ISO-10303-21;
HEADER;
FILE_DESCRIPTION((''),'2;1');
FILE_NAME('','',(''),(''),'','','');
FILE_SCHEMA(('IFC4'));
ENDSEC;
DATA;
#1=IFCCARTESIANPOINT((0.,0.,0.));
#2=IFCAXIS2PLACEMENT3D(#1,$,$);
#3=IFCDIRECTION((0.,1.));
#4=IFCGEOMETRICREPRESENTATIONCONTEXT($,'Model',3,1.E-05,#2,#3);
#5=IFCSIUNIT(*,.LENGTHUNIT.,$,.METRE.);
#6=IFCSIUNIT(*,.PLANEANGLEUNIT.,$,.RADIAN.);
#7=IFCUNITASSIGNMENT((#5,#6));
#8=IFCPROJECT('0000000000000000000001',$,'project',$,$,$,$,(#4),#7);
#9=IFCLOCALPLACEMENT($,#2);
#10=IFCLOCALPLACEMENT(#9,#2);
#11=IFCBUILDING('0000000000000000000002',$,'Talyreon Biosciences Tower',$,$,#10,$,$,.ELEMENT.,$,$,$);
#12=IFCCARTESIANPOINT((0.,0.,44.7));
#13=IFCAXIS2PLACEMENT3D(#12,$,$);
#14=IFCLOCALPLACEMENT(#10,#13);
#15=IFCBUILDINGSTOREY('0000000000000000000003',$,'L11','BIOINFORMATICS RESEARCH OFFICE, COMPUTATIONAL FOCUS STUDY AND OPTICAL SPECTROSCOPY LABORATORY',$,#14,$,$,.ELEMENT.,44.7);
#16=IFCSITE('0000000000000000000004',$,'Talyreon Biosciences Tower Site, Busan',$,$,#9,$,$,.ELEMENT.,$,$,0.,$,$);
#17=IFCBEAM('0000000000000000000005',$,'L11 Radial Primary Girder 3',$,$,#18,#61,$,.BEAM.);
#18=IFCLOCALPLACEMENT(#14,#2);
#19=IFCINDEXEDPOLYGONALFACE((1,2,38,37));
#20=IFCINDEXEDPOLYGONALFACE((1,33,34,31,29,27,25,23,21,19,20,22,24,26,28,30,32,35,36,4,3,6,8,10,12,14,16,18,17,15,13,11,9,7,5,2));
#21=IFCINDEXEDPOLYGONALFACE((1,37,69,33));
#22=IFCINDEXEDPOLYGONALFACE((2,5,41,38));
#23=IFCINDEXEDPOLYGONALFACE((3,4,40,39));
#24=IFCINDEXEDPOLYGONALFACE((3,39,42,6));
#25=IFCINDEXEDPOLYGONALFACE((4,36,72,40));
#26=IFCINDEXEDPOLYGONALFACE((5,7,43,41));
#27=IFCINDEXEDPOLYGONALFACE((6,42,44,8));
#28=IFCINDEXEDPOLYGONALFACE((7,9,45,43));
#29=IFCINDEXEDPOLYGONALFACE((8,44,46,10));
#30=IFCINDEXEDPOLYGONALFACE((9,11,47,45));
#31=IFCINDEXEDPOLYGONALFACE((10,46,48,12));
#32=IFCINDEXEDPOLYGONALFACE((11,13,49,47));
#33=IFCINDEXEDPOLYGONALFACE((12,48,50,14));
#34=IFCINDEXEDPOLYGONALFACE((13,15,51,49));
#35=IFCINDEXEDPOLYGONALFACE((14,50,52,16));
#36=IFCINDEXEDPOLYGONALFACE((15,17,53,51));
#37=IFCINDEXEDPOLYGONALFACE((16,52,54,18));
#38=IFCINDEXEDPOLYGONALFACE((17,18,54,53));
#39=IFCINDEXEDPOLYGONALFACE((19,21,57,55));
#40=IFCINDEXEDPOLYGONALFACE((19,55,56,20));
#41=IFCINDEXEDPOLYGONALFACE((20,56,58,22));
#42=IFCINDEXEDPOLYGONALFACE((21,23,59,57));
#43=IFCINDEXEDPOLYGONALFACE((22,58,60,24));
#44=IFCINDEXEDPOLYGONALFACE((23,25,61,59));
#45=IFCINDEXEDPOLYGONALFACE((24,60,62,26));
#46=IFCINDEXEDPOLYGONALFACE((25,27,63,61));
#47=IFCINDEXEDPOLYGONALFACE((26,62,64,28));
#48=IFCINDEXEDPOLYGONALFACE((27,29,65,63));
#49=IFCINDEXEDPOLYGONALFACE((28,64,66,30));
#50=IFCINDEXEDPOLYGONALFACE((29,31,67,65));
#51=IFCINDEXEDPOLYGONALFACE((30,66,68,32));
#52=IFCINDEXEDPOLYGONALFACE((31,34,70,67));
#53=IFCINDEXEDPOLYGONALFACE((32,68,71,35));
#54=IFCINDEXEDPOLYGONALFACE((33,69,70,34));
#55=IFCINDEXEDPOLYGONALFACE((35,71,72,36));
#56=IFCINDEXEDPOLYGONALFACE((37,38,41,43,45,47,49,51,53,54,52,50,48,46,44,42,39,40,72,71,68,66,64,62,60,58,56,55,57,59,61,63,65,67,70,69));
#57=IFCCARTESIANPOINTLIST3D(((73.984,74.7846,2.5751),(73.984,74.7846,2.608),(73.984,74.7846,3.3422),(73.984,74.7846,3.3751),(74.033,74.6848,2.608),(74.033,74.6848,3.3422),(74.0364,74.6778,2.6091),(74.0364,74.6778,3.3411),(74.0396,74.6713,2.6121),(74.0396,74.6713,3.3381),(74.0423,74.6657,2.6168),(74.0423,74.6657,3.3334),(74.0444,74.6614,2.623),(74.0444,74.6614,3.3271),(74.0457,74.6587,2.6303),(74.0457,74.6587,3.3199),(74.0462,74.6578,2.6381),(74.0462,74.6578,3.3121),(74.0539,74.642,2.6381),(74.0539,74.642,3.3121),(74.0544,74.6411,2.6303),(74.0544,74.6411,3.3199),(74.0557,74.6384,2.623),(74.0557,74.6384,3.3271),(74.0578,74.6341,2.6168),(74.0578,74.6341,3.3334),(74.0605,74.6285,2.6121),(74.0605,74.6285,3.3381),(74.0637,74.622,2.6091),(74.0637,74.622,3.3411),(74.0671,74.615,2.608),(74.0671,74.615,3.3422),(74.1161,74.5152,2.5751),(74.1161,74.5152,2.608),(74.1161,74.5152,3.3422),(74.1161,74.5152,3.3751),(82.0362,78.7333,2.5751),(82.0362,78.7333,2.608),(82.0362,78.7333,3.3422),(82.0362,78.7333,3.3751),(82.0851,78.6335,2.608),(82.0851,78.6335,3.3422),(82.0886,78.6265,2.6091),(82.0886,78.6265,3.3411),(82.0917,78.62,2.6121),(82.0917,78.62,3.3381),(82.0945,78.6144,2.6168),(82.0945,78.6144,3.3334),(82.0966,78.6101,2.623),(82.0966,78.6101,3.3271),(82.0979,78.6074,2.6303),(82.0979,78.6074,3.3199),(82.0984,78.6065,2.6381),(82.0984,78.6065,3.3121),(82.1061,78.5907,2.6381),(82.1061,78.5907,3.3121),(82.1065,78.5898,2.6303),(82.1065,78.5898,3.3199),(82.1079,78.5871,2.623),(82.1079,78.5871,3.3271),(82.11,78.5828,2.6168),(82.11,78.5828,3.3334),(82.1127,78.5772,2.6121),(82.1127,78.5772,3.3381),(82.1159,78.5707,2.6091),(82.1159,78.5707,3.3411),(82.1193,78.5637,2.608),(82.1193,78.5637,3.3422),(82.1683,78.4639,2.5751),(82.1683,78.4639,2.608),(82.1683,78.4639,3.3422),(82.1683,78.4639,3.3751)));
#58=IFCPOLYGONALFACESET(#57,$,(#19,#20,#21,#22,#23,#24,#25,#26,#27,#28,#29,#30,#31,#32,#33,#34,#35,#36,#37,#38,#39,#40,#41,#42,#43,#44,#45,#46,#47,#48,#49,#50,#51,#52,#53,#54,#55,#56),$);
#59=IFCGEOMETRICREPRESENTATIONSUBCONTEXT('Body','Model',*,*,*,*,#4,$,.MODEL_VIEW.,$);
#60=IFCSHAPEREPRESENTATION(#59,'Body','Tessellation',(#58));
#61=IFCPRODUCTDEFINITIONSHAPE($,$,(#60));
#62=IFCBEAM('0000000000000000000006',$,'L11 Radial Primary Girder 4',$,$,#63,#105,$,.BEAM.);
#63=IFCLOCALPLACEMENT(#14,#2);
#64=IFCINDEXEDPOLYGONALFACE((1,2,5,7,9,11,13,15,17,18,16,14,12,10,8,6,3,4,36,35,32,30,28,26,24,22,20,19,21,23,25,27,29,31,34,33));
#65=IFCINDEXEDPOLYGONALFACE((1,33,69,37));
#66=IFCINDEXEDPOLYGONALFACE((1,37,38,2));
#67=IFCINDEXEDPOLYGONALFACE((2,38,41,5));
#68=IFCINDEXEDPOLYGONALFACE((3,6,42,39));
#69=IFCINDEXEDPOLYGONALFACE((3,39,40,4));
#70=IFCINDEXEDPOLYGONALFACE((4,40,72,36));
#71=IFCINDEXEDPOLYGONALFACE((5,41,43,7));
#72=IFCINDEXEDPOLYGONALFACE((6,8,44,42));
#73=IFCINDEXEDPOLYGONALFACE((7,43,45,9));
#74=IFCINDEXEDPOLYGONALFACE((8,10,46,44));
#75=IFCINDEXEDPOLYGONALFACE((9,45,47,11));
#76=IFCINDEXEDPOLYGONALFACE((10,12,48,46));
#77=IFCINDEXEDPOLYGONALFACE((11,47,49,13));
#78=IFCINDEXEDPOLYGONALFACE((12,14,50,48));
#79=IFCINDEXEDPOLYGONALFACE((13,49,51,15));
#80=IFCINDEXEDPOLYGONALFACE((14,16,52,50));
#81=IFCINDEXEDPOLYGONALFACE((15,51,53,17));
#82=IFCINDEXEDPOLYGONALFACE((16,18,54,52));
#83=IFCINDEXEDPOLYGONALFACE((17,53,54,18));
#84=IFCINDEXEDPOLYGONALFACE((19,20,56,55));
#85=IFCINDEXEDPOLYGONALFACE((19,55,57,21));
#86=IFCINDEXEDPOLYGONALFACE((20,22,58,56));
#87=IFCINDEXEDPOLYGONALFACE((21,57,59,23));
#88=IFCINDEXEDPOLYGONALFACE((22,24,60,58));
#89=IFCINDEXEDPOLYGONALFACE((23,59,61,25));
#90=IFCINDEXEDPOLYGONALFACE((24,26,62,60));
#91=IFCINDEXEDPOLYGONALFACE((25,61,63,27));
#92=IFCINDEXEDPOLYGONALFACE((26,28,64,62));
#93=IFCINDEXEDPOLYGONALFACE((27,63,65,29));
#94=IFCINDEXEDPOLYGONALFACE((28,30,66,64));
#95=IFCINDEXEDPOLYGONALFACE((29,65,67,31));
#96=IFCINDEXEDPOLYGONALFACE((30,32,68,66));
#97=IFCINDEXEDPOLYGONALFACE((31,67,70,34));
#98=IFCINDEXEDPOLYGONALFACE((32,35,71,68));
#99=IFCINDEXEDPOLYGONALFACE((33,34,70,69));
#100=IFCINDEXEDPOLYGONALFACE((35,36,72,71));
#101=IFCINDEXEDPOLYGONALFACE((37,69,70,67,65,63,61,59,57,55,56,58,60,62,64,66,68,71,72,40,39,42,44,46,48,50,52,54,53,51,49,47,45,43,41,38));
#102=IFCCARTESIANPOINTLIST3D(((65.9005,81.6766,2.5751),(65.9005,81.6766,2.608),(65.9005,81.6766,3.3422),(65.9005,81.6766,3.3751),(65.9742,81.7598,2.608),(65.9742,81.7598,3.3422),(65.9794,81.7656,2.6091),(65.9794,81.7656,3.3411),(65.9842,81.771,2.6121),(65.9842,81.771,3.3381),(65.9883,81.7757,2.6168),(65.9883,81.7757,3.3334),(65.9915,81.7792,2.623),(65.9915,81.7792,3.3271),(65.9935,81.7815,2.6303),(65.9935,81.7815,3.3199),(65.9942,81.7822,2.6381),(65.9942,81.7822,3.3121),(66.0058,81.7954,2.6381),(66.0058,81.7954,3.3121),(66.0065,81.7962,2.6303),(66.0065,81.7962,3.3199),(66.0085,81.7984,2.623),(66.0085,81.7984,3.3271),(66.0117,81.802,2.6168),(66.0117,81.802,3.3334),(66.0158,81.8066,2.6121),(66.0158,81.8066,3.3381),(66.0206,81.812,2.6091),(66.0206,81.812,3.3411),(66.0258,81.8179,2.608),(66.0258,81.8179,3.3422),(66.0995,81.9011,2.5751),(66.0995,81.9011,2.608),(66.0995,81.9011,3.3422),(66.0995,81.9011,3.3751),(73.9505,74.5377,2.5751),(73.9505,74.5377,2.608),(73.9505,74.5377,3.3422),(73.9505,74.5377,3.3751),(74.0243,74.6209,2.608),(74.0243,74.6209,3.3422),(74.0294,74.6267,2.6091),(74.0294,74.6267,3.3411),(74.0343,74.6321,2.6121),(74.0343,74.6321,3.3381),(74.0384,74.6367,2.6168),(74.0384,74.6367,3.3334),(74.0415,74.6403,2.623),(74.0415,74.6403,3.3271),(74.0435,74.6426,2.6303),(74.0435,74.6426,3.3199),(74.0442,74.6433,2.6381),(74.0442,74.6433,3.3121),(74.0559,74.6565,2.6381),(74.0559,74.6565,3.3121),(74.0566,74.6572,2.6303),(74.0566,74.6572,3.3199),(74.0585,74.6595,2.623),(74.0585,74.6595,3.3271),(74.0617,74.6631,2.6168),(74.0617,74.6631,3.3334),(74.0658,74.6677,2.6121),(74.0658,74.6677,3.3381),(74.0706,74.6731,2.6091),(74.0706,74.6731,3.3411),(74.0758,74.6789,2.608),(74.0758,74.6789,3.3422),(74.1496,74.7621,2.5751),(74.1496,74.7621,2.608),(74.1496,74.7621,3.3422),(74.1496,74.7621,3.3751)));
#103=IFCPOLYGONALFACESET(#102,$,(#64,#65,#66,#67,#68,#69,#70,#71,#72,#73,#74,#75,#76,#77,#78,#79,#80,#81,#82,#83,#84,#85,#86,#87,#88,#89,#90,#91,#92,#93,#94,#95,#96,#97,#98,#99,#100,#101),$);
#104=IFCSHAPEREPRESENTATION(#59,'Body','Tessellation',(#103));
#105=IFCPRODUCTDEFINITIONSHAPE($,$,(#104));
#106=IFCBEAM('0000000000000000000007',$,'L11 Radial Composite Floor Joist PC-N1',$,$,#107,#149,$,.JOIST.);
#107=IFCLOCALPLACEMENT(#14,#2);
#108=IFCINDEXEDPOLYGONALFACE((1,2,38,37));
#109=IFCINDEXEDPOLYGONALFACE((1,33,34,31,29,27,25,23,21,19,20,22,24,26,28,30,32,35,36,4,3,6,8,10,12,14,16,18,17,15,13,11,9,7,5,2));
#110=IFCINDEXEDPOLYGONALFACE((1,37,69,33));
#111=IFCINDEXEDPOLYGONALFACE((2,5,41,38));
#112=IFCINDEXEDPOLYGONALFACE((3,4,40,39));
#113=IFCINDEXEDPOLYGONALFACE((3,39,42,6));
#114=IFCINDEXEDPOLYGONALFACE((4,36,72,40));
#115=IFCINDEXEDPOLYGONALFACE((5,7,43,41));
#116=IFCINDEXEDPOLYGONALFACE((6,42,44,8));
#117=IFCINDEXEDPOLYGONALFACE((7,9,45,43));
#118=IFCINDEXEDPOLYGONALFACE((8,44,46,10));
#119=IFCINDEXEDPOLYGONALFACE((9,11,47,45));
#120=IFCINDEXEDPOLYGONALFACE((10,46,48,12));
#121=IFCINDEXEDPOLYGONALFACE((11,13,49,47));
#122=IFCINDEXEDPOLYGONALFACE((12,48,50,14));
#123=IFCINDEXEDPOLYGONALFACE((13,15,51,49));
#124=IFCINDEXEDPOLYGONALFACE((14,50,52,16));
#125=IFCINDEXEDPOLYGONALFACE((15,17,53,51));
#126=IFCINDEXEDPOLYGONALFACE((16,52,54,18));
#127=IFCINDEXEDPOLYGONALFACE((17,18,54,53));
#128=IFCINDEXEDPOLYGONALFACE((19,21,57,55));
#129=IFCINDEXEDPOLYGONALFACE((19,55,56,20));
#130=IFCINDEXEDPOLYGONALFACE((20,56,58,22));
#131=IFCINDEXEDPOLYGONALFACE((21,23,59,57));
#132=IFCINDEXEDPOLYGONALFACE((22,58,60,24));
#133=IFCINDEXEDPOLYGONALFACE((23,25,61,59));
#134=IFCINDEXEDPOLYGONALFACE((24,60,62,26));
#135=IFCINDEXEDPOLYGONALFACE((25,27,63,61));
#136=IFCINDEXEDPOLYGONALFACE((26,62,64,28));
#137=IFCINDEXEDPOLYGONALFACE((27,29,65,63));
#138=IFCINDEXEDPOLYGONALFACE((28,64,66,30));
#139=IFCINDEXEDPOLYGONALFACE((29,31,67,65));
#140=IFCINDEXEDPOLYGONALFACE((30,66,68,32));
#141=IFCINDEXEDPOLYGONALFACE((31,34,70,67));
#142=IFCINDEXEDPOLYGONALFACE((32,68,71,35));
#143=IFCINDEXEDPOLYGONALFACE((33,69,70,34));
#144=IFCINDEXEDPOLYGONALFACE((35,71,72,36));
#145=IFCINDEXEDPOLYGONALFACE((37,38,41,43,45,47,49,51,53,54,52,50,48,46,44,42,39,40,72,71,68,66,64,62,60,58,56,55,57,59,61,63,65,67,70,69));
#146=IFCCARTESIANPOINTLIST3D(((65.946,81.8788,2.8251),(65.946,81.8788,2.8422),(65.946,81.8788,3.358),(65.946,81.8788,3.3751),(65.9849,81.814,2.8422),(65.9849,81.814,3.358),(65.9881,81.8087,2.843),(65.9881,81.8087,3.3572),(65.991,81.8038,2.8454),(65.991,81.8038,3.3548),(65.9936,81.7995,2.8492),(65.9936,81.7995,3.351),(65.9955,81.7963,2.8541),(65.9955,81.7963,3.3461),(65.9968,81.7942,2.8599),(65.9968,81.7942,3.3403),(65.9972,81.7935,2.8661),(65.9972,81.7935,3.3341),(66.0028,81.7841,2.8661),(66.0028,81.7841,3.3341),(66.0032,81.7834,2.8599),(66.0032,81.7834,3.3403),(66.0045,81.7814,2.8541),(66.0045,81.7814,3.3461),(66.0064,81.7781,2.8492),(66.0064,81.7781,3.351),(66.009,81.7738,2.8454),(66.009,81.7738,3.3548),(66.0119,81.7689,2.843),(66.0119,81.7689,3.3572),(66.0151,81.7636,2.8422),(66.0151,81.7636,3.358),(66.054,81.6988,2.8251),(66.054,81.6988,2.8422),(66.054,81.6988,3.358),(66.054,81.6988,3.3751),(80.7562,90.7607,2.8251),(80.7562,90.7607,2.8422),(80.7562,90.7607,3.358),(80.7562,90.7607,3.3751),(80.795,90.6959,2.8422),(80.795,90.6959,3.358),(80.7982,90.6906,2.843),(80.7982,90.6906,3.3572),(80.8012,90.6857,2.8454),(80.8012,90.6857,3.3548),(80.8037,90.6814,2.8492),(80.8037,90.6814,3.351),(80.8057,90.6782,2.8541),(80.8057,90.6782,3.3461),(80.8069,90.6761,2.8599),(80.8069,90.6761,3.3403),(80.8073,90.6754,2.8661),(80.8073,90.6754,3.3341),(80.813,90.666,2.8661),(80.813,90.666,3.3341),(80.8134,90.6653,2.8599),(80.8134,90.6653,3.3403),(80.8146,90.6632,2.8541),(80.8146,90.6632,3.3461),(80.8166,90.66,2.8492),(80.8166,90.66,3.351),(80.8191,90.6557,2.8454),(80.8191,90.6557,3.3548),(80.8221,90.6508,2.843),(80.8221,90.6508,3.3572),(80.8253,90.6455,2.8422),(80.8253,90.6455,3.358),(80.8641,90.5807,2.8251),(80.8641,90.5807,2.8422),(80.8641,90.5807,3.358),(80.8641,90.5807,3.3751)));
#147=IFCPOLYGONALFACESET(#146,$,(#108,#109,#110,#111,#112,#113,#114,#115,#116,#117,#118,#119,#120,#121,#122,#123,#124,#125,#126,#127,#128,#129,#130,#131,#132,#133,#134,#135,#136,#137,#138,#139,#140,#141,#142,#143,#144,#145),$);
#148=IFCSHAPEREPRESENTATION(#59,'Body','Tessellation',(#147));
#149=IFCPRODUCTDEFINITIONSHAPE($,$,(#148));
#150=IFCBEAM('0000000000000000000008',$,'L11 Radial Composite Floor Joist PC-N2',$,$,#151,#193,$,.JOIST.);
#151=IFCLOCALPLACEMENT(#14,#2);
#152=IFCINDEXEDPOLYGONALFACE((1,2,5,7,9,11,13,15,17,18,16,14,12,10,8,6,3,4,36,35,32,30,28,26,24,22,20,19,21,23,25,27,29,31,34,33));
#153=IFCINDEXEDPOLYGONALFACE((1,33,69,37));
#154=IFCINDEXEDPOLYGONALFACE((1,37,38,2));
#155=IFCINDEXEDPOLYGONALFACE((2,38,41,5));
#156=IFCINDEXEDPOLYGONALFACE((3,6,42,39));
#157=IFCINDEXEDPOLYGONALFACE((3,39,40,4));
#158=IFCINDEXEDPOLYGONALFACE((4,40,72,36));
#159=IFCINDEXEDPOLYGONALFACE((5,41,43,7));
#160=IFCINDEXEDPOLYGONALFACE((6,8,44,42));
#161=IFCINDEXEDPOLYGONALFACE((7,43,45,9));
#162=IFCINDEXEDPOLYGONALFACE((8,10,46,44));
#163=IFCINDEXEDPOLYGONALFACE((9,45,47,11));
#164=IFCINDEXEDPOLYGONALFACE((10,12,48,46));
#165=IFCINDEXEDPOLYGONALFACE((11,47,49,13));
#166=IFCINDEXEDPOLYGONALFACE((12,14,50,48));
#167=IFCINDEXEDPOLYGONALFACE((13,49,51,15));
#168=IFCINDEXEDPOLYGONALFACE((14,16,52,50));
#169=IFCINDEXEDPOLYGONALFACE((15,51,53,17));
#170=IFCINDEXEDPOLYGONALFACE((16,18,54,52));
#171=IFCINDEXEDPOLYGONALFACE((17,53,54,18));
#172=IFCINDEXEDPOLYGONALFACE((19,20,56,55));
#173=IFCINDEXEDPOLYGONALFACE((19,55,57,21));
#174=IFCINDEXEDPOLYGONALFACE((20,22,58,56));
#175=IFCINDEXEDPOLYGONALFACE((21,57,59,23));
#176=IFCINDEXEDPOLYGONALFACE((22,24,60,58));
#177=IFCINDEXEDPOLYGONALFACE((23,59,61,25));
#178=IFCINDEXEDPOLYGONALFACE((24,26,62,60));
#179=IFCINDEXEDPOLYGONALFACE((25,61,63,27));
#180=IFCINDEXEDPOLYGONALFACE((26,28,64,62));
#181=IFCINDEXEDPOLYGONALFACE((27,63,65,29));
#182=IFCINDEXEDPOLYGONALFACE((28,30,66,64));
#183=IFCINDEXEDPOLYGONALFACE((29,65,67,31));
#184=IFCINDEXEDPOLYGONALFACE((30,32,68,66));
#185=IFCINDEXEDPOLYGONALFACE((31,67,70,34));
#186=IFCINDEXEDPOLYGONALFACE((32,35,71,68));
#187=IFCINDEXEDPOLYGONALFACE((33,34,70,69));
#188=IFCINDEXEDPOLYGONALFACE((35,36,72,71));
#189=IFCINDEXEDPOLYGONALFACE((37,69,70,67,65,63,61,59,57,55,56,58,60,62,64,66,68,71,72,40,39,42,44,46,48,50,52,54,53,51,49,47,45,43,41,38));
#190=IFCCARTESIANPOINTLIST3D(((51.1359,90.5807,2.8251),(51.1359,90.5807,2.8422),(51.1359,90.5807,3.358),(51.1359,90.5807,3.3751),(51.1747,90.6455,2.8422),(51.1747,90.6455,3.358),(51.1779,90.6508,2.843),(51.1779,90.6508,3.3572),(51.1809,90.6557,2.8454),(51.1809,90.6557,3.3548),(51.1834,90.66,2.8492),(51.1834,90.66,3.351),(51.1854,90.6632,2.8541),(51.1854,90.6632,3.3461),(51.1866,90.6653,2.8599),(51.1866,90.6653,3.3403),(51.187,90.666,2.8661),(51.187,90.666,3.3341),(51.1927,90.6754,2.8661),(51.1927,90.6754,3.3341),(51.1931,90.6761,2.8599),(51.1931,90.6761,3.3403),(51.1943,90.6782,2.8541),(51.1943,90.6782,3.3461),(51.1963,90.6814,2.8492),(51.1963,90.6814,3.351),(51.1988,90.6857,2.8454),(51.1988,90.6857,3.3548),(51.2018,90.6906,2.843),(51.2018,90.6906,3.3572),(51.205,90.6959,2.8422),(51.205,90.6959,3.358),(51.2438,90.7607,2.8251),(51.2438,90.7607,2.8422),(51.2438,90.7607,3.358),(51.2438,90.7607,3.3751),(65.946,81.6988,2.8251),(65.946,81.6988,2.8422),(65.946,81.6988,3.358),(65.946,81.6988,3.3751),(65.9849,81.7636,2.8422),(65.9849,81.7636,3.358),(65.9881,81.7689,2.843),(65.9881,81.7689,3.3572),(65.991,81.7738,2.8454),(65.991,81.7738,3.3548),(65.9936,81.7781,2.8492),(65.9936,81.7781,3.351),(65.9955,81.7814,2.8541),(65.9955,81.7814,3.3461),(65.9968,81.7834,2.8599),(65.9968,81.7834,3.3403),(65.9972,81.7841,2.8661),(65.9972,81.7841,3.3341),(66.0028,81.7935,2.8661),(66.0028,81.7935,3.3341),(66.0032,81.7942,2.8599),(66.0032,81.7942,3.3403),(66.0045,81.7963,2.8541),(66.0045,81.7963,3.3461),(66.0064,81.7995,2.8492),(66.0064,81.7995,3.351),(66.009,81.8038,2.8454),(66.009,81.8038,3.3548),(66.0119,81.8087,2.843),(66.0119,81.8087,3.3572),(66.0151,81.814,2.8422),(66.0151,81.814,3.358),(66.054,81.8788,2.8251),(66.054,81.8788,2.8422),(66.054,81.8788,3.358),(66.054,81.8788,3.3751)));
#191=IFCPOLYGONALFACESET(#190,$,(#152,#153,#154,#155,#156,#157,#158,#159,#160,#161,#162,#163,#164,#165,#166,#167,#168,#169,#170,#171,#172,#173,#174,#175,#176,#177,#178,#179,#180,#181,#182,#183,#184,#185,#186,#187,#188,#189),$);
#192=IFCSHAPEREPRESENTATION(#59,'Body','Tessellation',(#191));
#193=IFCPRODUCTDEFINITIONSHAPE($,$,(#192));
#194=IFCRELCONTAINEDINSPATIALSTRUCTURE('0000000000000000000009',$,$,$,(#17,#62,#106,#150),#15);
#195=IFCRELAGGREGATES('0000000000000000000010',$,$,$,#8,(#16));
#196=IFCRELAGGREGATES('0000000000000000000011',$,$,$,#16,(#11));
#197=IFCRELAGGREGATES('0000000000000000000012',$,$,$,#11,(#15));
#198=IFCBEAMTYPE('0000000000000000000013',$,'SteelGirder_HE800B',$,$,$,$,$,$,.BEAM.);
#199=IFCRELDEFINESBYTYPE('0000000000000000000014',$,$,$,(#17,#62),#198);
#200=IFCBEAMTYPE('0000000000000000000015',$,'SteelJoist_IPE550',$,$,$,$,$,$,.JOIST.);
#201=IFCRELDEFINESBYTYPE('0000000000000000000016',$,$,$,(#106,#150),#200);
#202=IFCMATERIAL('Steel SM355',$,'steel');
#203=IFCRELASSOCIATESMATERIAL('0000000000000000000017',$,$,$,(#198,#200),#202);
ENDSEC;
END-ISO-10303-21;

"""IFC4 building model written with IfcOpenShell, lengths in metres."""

from ifc_helpers import new_model, si_unit, direction, frame, origin, origin_2d, place, context, subcontext, project, spatial, i_section, extrude, material, material_profile, profile_set, type_object, element, save


model = new_model("IFC4")

# Units and contexts
model_context = context("Model", 3, precision=1e-05, world=origin(), true_north=direction((0.0, 1.0)))
body_context = subcontext(model_context, "Body", "Model", "MODEL_VIEW")
ifc_project = project(units=[si_unit("LENGTHUNIT", "METRE"), si_unit("PLANEANGLEUNIT", "RADIAN")], contexts=[model_context])

# Site, building, storey
site_placement = place(None, origin())
site = spatial("IfcSite", under=ifc_project, at=site_placement, Name="Talyreon Biosciences Tower Site, Busan", CompositionType="ELEMENT", RefElevation=0.0)
building_placement = place(site_placement, origin())
building = spatial("IfcBuilding", under=site, at=building_placement, Name="Talyreon Biosciences Tower", CompositionType="ELEMENT")
storey_placement = place(building_placement, frame((0.0, 0.0, 44.7)))
storey = spatial("IfcBuildingStorey", under=building, at=storey_placement, Name="L11", Description="BIOINFORMATICS RESEARCH OFFICE, COMPUTATIONAL FOCUS STUDY AND OPTICAL SPECTROSCOPY LABORATORY", CompositionType="ELEMENT", Elevation=44.7)

# Beams
ifc_material_1 = material(Name="Steel SM355", Category="steel")
ifc_material_profile_1 = material_profile(ifc_material_1, i_section(OverallWidth=0.3, OverallDepth=0.8, WebThickness=0.0176, FlangeThickness=0.033, FilletRadius=0.03, at=origin_2d()), Name="HE800B")
ifc_profile_set_1 = profile_set([ifc_material_profile_1], Name="Steel SM355")
beam_type_1 = type_object("IfcBeamType", Name="SteelGirder_HE800B", PredefinedType="BEAM", material=ifc_profile_set_1)
beam_1_placement = place(storey_placement, frame((74.05, 74.6499, 2.9751), z_axis=(0.897852, 0.440297, 0.0), x_axis=(-0.440297, 0.897852, 0.0)))
element("IfcBeam", 1, at=beam_1_placement, inside=storey, type_object=beam_type_1, Name="L11 Radial Primary Girder 3", PredefinedType="BEAM", context=body_context, shape_type="SweptSolid", body=[
    extrude(i_section(OverallWidth=0.3, OverallDepth=0.8, WebThickness=0.0176, FlangeThickness=0.033, FilletRadius=0.03, at=origin_2d()), origin(), (0.0, 0.0, 1.0), 8.9683),
])
beam_2_placement = place(storey_placement, frame((74.05, 74.6499, 2.9751), z_axis=(-0.748179, 0.663497, 0.0), x_axis=(-0.663497, -0.748179, 0.0)))
element("IfcBeam", 2, at=beam_2_placement, inside=storey, type_object=beam_type_1, Name="L11 Radial Primary Girder 4", PredefinedType="BEAM", context=body_context, shape_type="SweptSolid", body=[
    extrude(i_section(OverallWidth=0.3, OverallDepth=0.8, WebThickness=0.0176, FlangeThickness=0.033, FilletRadius=0.03, at=origin_2d()), origin(), (0.0, 0.0, 1.0), 10.7595),
])
ifc_material_profile_2 = material_profile(ifc_material_1, i_section(OverallWidth=0.21, OverallDepth=0.55, WebThickness=0.011, FlangeThickness=0.0171, FilletRadius=0.0239, at=origin_2d()), Name="IPE550")
ifc_profile_set_2 = profile_set([ifc_material_profile_2], Name="Steel SM355")
beam_type_2 = type_object("IfcBeamType", Name="SteelJoist_IPE550", PredefinedType="JOIST", material=ifc_profile_set_2)
for number, where, z_axis, x_axis, name in (
    (3, (66.0, 81.7888, 3.1001), (0.8576, 0.514317, 0.0), (-0.514317, 0.8576, 0.0), "L11 Radial Composite Floor Joist PC-N1"),
    (4, (66.0, 81.7888, 3.1001), (-0.8576, 0.514317, 0.0), (-0.514317, -0.8576, 0.0), "L11 Radial Composite Floor Joist PC-N2"),
):
    element("IfcBeam", number, at=place(storey_placement, frame(where, z_axis=z_axis, x_axis=x_axis)), inside=storey, type_object=beam_type_2, Name=name, PredefinedType="JOIST", context=body_context, shape_type="SweptSolid", body=[
        extrude(i_section(OverallWidth=0.21, OverallDepth=0.55, WebThickness=0.011, FlangeThickness=0.0171, FilletRadius=0.0239, at=origin_2d()), origin(), (0.0, 0.0, 1.0), 17.2693),
    ])

save(model, "model.ifc")
